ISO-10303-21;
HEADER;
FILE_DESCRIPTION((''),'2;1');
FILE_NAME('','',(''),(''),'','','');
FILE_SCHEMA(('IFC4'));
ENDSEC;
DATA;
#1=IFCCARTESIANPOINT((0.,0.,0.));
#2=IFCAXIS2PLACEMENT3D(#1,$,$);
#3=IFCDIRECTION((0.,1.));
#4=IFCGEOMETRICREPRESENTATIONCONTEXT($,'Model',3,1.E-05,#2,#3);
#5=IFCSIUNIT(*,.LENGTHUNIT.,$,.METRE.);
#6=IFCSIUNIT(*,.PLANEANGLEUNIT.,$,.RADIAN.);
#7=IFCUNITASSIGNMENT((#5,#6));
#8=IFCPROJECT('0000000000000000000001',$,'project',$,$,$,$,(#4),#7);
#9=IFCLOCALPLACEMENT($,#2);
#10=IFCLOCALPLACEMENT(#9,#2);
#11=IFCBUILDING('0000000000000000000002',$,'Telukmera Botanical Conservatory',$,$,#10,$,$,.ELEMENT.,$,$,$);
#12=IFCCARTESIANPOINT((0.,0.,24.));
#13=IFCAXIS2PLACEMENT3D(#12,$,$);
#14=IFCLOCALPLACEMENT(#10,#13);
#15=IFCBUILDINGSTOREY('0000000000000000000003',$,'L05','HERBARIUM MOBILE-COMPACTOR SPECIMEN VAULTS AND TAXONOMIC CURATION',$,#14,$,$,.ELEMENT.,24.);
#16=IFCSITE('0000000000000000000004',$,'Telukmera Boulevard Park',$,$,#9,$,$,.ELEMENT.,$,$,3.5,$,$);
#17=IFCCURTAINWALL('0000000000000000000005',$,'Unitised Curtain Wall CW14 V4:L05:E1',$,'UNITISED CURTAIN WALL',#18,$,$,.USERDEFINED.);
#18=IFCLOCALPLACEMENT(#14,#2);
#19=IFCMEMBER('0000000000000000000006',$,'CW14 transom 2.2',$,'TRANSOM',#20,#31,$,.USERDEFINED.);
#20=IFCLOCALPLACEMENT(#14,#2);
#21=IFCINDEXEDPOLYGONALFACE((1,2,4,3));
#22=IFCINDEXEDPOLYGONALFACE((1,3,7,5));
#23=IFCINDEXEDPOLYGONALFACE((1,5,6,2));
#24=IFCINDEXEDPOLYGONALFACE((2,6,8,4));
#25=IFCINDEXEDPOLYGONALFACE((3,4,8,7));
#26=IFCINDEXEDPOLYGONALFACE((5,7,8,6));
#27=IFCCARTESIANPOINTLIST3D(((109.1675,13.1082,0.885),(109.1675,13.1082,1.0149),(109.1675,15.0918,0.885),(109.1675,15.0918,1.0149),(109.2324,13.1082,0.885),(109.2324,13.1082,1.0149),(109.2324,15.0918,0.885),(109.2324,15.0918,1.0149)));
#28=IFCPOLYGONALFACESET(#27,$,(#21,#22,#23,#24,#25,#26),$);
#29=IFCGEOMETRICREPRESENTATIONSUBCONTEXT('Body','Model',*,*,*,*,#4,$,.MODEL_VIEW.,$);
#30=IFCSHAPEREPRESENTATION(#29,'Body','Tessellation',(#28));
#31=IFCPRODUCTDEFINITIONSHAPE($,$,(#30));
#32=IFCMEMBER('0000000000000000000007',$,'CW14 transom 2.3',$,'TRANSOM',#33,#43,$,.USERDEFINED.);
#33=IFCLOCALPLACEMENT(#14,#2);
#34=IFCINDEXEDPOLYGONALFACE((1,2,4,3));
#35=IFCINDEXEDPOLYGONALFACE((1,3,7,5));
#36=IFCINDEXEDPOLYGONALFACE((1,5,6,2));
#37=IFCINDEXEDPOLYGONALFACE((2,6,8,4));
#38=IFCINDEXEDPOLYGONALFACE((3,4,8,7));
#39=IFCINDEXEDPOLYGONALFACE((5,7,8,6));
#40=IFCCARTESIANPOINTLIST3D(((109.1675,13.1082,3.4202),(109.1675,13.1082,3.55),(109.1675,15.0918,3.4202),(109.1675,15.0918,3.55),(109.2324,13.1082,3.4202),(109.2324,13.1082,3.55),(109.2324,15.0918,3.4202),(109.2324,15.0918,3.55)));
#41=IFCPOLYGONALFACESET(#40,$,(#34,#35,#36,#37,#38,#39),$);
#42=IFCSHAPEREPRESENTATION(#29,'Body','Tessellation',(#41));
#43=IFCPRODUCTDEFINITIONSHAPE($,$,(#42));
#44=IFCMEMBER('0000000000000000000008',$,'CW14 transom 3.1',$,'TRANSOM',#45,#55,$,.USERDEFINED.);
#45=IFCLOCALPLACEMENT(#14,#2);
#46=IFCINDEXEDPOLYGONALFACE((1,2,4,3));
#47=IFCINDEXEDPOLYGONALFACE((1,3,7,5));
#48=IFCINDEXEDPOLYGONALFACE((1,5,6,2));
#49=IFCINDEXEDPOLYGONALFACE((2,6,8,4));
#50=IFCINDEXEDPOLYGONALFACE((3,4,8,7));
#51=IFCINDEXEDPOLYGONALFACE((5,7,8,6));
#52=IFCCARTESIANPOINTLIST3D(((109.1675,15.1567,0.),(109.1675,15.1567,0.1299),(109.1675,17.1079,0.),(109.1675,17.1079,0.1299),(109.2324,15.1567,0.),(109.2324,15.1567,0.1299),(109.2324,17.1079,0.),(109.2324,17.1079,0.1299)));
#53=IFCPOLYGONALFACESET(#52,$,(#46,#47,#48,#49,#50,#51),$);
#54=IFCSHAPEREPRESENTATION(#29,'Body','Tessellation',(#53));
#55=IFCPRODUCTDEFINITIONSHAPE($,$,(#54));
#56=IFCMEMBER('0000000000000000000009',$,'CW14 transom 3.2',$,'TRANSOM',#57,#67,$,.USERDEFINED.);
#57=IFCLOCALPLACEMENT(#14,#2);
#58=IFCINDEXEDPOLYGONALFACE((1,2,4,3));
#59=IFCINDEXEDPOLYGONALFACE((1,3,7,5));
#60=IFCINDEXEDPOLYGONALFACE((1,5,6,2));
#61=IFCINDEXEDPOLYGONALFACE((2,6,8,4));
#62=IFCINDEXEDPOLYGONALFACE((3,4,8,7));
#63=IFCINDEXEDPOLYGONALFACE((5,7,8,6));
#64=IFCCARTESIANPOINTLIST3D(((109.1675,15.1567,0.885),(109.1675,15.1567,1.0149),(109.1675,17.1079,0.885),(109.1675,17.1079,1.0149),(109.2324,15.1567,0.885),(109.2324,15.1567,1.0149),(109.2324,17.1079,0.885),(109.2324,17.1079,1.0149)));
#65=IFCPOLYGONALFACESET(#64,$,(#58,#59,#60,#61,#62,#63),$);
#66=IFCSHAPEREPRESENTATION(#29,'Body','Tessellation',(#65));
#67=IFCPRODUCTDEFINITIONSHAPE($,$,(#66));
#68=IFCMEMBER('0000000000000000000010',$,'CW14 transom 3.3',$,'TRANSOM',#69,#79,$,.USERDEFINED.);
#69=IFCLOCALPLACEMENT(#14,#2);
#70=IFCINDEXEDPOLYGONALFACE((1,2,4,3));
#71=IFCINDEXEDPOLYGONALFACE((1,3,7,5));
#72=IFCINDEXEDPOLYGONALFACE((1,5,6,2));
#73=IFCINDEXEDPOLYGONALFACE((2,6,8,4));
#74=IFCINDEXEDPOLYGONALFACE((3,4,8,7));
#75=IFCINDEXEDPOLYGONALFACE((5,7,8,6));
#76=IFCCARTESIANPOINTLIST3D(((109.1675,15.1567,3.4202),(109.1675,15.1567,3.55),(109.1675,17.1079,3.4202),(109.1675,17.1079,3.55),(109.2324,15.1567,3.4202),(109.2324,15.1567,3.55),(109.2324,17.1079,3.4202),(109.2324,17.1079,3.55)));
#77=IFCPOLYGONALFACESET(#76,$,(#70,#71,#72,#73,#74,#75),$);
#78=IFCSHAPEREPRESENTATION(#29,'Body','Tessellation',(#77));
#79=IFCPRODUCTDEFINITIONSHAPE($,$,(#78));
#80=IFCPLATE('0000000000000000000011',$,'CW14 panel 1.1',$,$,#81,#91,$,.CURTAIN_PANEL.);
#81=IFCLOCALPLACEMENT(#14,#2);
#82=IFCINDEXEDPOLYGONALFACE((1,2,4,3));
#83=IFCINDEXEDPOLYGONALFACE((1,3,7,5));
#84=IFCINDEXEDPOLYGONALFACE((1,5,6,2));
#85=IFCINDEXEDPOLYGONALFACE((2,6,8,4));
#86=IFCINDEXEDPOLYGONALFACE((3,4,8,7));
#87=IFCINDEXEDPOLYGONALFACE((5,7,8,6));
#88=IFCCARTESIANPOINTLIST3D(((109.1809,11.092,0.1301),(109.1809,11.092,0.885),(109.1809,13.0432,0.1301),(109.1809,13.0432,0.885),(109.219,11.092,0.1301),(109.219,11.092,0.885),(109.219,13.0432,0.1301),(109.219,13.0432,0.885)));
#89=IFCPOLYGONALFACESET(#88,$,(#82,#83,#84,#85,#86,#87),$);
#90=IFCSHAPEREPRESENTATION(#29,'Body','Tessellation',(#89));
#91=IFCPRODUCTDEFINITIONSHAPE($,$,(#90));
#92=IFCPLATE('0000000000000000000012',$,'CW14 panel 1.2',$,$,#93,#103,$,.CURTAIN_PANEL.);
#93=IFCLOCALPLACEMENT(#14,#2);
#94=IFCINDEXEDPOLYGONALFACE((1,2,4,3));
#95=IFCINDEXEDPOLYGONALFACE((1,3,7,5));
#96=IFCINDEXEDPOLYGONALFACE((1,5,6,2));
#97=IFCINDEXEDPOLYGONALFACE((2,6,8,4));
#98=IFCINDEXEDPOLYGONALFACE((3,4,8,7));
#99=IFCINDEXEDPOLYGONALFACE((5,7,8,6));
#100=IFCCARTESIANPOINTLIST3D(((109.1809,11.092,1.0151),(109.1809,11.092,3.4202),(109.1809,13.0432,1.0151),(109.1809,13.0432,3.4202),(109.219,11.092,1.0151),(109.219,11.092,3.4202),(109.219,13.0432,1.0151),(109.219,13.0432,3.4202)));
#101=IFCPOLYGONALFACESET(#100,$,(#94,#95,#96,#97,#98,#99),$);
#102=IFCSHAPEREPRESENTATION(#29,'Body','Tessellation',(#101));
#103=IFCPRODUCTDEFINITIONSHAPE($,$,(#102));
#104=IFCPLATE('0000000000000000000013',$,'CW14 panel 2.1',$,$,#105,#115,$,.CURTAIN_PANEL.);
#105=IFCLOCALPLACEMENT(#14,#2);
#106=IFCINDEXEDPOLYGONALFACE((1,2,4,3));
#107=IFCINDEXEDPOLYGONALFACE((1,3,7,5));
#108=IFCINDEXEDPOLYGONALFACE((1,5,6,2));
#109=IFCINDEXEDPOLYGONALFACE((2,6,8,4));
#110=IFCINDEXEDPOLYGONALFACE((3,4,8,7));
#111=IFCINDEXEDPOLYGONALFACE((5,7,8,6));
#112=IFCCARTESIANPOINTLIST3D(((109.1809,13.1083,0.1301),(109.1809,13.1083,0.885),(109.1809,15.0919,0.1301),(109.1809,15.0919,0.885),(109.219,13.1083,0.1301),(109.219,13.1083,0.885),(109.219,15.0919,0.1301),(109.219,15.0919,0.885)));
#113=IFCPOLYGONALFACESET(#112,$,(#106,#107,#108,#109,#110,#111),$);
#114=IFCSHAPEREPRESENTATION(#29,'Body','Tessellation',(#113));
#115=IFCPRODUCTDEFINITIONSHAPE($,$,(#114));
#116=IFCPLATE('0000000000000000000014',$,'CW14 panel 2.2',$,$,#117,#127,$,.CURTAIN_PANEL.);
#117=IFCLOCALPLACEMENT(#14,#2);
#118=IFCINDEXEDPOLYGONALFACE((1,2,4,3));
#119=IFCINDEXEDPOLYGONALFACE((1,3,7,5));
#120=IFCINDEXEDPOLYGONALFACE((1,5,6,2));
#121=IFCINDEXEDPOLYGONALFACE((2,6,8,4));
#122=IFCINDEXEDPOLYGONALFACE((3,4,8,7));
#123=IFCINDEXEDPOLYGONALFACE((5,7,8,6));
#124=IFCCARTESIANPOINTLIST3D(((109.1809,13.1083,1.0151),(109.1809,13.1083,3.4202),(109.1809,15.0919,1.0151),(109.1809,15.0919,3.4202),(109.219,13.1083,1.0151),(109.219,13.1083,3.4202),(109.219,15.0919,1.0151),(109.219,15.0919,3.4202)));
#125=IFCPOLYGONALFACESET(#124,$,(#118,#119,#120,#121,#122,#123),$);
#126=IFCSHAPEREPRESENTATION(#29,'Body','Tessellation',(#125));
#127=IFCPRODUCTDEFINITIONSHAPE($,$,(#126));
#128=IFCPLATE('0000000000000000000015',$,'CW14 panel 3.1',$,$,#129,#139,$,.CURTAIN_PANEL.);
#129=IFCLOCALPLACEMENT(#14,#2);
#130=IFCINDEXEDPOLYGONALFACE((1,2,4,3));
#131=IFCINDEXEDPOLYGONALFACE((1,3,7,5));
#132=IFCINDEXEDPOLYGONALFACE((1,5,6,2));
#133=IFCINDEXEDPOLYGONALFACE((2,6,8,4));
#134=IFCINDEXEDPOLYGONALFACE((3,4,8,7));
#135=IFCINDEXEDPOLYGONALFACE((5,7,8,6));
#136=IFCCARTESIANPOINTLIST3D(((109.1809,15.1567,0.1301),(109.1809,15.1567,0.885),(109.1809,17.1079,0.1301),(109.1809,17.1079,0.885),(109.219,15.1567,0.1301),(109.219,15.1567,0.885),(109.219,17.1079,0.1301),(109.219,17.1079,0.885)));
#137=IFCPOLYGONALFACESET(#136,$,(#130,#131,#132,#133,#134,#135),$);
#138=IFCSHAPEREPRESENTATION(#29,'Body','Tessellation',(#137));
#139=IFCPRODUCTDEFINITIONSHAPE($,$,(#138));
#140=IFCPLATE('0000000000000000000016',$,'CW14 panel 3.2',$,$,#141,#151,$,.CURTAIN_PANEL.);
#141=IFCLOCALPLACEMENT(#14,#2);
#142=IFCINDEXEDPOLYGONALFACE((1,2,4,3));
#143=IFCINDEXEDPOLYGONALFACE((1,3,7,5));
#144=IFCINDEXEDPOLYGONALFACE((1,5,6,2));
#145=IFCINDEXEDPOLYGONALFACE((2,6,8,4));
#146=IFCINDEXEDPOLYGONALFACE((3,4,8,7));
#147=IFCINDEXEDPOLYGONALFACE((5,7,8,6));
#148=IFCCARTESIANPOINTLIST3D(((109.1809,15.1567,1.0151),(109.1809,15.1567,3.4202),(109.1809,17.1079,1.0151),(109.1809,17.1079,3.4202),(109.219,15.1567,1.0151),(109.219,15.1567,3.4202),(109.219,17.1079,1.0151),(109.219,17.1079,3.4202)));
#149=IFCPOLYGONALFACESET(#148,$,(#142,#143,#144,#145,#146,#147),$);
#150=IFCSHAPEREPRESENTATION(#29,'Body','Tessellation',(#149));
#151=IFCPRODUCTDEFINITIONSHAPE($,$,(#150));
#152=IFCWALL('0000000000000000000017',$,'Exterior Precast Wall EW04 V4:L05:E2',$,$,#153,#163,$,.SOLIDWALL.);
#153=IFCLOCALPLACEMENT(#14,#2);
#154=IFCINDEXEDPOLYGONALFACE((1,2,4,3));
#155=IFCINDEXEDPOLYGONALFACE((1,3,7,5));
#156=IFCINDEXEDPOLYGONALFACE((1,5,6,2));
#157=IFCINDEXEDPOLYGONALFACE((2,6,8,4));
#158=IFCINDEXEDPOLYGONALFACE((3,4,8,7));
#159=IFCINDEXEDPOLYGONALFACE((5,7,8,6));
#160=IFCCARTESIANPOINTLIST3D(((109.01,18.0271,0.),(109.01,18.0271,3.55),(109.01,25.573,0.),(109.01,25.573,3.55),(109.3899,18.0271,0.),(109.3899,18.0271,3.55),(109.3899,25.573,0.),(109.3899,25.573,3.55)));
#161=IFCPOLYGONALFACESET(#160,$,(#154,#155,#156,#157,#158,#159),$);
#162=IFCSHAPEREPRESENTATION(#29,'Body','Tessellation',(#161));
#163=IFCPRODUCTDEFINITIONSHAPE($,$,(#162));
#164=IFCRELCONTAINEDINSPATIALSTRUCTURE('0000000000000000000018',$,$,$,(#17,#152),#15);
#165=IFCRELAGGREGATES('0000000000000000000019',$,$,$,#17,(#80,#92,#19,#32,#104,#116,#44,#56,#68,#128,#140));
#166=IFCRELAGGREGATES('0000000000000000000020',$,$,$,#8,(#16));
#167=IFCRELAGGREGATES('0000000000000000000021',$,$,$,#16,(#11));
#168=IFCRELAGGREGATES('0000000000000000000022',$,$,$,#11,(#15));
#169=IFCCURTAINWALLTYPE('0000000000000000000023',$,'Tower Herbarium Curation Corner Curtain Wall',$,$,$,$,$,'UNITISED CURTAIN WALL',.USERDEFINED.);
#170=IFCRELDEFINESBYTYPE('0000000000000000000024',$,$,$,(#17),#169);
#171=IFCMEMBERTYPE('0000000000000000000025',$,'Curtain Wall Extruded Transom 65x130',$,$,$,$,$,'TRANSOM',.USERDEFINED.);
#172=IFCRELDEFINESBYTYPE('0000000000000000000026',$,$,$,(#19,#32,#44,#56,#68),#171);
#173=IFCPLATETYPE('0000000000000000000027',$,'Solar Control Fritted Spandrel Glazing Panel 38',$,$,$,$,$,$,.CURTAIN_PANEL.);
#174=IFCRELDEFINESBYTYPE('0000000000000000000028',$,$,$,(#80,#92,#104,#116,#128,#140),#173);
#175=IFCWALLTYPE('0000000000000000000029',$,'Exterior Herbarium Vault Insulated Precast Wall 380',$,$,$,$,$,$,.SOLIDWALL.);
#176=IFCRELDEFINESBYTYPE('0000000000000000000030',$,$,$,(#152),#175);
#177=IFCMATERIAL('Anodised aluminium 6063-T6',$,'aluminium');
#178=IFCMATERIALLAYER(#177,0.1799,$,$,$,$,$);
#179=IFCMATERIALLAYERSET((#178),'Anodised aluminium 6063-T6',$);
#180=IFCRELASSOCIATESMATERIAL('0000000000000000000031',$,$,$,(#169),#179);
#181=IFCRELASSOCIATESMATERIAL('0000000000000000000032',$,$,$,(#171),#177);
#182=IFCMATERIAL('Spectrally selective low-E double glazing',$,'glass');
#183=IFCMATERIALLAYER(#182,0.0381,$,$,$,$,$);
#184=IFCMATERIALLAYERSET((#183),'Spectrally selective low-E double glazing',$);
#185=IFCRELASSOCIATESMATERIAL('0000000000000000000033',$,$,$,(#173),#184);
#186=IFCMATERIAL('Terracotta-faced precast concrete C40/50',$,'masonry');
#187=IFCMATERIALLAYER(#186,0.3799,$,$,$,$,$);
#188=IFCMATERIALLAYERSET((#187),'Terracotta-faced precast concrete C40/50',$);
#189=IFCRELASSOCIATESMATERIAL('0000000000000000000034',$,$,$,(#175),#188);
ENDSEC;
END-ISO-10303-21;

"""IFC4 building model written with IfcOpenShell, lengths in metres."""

from ifc_helpers import new_model, si_unit, direction, frame, frame_2d, origin, origin_2d, place, context, subcontext, project, spatial, rectangle, extrude, material, layer, layer_set, material_profile, profile_set, type_object, element, aggregate, save


model = new_model("IFC4")

# Units and contexts
model_context = context("Model", 3, precision=1e-05, world=origin(), true_north=direction((0.0, 1.0)))
body_context = subcontext(model_context, "Body", "Model", "MODEL_VIEW")
ifc_project = project(units=[si_unit("LENGTHUNIT", "METRE"), si_unit("PLANEANGLEUNIT", "RADIAN")], contexts=[model_context])

# Site, building, storey
site_placement = place(None, origin())
site = spatial("IfcSite", under=ifc_project, at=site_placement, Name="Telukmera Boulevard Park", CompositionType="ELEMENT", RefElevation=3.5)
building_placement = place(site_placement, origin())
building = spatial("IfcBuilding", under=site, at=building_placement, Name="Telukmera Botanical Conservatory", CompositionType="ELEMENT")
storey_placement = place(building_placement, frame((0.0, 0.0, 24.0)))
storey = spatial("IfcBuildingStorey", under=building, at=storey_placement, Name="L05", Description="HERBARIUM MOBILE-COMPACTOR SPECIMEN VAULTS AND TAXONOMIC CURATION", CompositionType="ELEMENT", Elevation=24.0)

# Curtain wall, members, plates
ifc_material_1 = material(Name="Anodised aluminium 6063-T6", Category="aluminium")
ifc_layer_1 = layer(ifc_material_1, 0.1799)
ifc_layer_set_1 = layer_set([ifc_layer_1], Name="Anodised aluminium 6063-T6")
curtain_wall_type = type_object("IfcCurtainWallType", Name="Tower Herbarium Curation Corner Curtain Wall", ElementType="UNITISED CURTAIN WALL", PredefinedType="USERDEFINED", material=ifc_layer_set_1)
curtain_wall_placement = place(storey_placement, origin())
curtain_wall = element("IfcCurtainWall", 1, at=curtain_wall_placement, inside=storey, type_object=curtain_wall_type, Name="Unitised Curtain Wall CW14 V4:L05:E1", ObjectType="UNITISED CURTAIN WALL", PredefinedType="USERDEFINED")
ifc_material_profile_1 = material_profile(ifc_material_1, rectangle(XDim=0.0649, YDim=0.1299, at=origin_2d()), Name="ALU TRAN 65x130")
ifc_profile_set_1 = profile_set([ifc_material_profile_1], Name="Anodised aluminium 6063-T6")
member_type_1 = type_object("IfcMemberType", Name="Curtain Wall Extruded Transom 65x130", ElementType="TRANSOM", PredefinedType="USERDEFINED", material=ifc_profile_set_1)
member_1_placement = place(storey_placement, frame((109.2, 13.1082, 0.95), z_axis=(0.0, 1.0, 0.0), x_axis=(-1.0, 0.0, 0.0)))
member_1 = element("IfcMember", 2, at=member_1_placement, type_object=member_type_1, Name="CW14 transom 2.2", ObjectType="TRANSOM", PredefinedType="USERDEFINED", context=body_context, shape_type="SweptSolid", body=[
    extrude(rectangle(XDim=0.0649, YDim=0.1299, at=origin_2d()), origin(), (0.0, 0.0, 1.0), 1.9836),
])
member_2_placement = place(storey_placement, frame((109.2, 13.1082, 3.4851), z_axis=(0.0, 1.0, 0.0), x_axis=(-1.0, 0.0, 0.0)))
member_2 = element("IfcMember", 3, at=member_2_placement, type_object=member_type_1, Name="CW14 transom 2.3", ObjectType="TRANSOM", PredefinedType="USERDEFINED", context=body_context, shape_type="SweptSolid", body=[
    extrude(rectangle(XDim=0.0649, YDim=0.1299, at=origin_2d()), origin(), (0.0, 0.0, 1.0), 1.9836),
])
member_3_placement = place(storey_placement, frame((109.2, 15.1567, 0.0649), z_axis=(0.0, 1.0, 0.0), x_axis=(-1.0, 0.0, 0.0)))
member_3 = element("IfcMember", 4, at=member_3_placement, type_object=member_type_1, Name="CW14 transom 3.1", ObjectType="TRANSOM", PredefinedType="USERDEFINED", context=body_context, shape_type="SweptSolid", body=[
    extrude(rectangle(XDim=0.0649, YDim=0.1299, at=origin_2d()), origin(), (0.0, 0.0, 1.0), 1.9512),
])
member_4_placement = place(storey_placement, frame((109.2, 15.1567, 0.95), z_axis=(0.0, 1.0, 0.0), x_axis=(-1.0, 0.0, 0.0)))
member_4 = element("IfcMember", 5, at=member_4_placement, type_object=member_type_1, Name="CW14 transom 3.2", ObjectType="TRANSOM", PredefinedType="USERDEFINED", context=body_context, shape_type="SweptSolid", body=[
    extrude(rectangle(XDim=0.0649, YDim=0.1299, at=origin_2d()), origin(), (0.0, 0.0, 1.0), 1.9512),
])
member_5_placement = place(storey_placement, frame((109.2, 15.1567, 3.4851), z_axis=(0.0, 1.0, 0.0), x_axis=(-1.0, 0.0, 0.0)))
member_5 = element("IfcMember", 6, at=member_5_placement, type_object=member_type_1, Name="CW14 transom 3.3", ObjectType="TRANSOM", PredefinedType="USERDEFINED", context=body_context, shape_type="SweptSolid", body=[
    extrude(rectangle(XDim=0.0649, YDim=0.1299, at=origin_2d()), origin(), (0.0, 0.0, 1.0), 1.9512),
])
ifc_material_2 = material(Name="Spectrally selective low-E double glazing", Category="glass")
ifc_layer_2 = layer(ifc_material_2, 0.0381)
ifc_layer_set_2 = layer_set([ifc_layer_2], Name="Spectrally selective low-E double glazing")
plate_type = type_object("IfcPlateType", Name="Solar Control Fritted Spandrel Glazing Panel 38", PredefinedType="CURTAIN_PANEL", material=ifc_layer_set_2)
plate_1_placement = place(storey_placement, frame((109.2, 12.0676, 0.1301), z_axis=(0.0, 0.0, 1.0), x_axis=(0.0, 1.0, 0.0)))
plate_1 = element("IfcPlate", 7, at=plate_1_placement, type_object=plate_type, Name="CW14 panel 1.1", PredefinedType="CURTAIN_PANEL", context=body_context, shape_type="SweptSolid", body=[
    extrude(rectangle(XDim=1.9512, YDim=0.0381, at=origin_2d()), origin(), (0.0, 0.0, 1.0), 0.7549),
])
plate_2_placement = place(storey_placement, frame((109.2, 12.0676, 1.0151), z_axis=(0.0, 0.0, 1.0), x_axis=(0.0, 1.0, 0.0)))
plate_2 = element("IfcPlate", 8, at=plate_2_placement, type_object=plate_type, Name="CW14 panel 1.2", PredefinedType="CURTAIN_PANEL", context=body_context, shape_type="SweptSolid", body=[
    extrude(rectangle(XDim=1.9512, YDim=0.0381, at=origin_2d()), origin(), (0.0, 0.0, 1.0), 2.405),
])
plate_3_placement = place(storey_placement, frame((109.2, 14.1001, 0.1301), z_axis=(0.0, 0.0, 1.0), x_axis=(0.0, 1.0, 0.0)))
plate_3 = element("IfcPlate", 9, at=plate_3_placement, type_object=plate_type, Name="CW14 panel 2.1", PredefinedType="CURTAIN_PANEL", context=body_context, shape_type="SweptSolid", body=[
    extrude(rectangle(XDim=1.9836, YDim=0.0381, at=origin_2d()), origin(), (0.0, 0.0, 1.0), 0.7549),
])
plate_4_placement = place(storey_placement, frame((109.2, 14.1001, 1.0151), z_axis=(0.0, 0.0, 1.0), x_axis=(0.0, 1.0, 0.0)))
plate_4 = element("IfcPlate", 10, at=plate_4_placement, type_object=plate_type, Name="CW14 panel 2.2", PredefinedType="CURTAIN_PANEL", context=body_context, shape_type="SweptSolid", body=[
    extrude(rectangle(XDim=1.9836, YDim=0.0381, at=origin_2d()), origin(), (0.0, 0.0, 1.0), 2.405),
])
plate_5_placement = place(storey_placement, frame((109.2, 16.1323, 0.1301), z_axis=(0.0, 0.0, 1.0), x_axis=(0.0, 1.0, 0.0)))
plate_5 = element("IfcPlate", 11, at=plate_5_placement, type_object=plate_type, Name="CW14 panel 3.1", PredefinedType="CURTAIN_PANEL", context=body_context, shape_type="SweptSolid", body=[
    extrude(rectangle(XDim=1.9512, YDim=0.0381, at=origin_2d()), origin(), (0.0, 0.0, 1.0), 0.7549),
])
plate_6_placement = place(storey_placement, frame((109.2, 16.1323, 1.0151), z_axis=(0.0, 0.0, 1.0), x_axis=(0.0, 1.0, 0.0)))
plate_6 = element("IfcPlate", 12, at=plate_6_placement, type_object=plate_type, Name="CW14 panel 3.2", PredefinedType="CURTAIN_PANEL", context=body_context, shape_type="SweptSolid", body=[
    extrude(rectangle(XDim=1.9512, YDim=0.0381, at=origin_2d()), origin(), (0.0, 0.0, 1.0), 2.405),
])
aggregate(curtain_wall, [plate_1, plate_2, member_1, member_2, plate_3, plate_4, member_3, member_4, member_5, plate_5, plate_6])

# Wall
ifc_material_3 = material(Name="Terracotta-faced precast concrete C40/50", Category="masonry")
ifc_layer_3 = layer(ifc_material_3, 0.3799)
ifc_layer_set_3 = layer_set([ifc_layer_3], Name="Terracotta-faced precast concrete C40/50")
wall_type_1 = type_object("IfcWallType", Name="Exterior Herbarium Vault Insulated Precast Wall 380", PredefinedType="SOLIDWALL", material=ifc_layer_set_3)
wall_1_placement = place(storey_placement, frame((109.2, 18.0271, 0.0), z_axis=(0.0, 0.0, 1.0), x_axis=(0.0, 1.0, 0.0)))
element("IfcWall", 13, at=wall_1_placement, inside=storey, type_object=wall_type_1, Name="Exterior Precast Wall EW04 V4:L05:E2", PredefinedType="SOLIDWALL", context=body_context, shape_type="SweptSolid", body=[
    extrude(rectangle(XDim=7.5459, YDim=0.3799, at=frame_2d((3.7729, 0.0))), origin(), (0.0, 0.0, 1.0), 3.55),
])

save(model, "model.ifc")
